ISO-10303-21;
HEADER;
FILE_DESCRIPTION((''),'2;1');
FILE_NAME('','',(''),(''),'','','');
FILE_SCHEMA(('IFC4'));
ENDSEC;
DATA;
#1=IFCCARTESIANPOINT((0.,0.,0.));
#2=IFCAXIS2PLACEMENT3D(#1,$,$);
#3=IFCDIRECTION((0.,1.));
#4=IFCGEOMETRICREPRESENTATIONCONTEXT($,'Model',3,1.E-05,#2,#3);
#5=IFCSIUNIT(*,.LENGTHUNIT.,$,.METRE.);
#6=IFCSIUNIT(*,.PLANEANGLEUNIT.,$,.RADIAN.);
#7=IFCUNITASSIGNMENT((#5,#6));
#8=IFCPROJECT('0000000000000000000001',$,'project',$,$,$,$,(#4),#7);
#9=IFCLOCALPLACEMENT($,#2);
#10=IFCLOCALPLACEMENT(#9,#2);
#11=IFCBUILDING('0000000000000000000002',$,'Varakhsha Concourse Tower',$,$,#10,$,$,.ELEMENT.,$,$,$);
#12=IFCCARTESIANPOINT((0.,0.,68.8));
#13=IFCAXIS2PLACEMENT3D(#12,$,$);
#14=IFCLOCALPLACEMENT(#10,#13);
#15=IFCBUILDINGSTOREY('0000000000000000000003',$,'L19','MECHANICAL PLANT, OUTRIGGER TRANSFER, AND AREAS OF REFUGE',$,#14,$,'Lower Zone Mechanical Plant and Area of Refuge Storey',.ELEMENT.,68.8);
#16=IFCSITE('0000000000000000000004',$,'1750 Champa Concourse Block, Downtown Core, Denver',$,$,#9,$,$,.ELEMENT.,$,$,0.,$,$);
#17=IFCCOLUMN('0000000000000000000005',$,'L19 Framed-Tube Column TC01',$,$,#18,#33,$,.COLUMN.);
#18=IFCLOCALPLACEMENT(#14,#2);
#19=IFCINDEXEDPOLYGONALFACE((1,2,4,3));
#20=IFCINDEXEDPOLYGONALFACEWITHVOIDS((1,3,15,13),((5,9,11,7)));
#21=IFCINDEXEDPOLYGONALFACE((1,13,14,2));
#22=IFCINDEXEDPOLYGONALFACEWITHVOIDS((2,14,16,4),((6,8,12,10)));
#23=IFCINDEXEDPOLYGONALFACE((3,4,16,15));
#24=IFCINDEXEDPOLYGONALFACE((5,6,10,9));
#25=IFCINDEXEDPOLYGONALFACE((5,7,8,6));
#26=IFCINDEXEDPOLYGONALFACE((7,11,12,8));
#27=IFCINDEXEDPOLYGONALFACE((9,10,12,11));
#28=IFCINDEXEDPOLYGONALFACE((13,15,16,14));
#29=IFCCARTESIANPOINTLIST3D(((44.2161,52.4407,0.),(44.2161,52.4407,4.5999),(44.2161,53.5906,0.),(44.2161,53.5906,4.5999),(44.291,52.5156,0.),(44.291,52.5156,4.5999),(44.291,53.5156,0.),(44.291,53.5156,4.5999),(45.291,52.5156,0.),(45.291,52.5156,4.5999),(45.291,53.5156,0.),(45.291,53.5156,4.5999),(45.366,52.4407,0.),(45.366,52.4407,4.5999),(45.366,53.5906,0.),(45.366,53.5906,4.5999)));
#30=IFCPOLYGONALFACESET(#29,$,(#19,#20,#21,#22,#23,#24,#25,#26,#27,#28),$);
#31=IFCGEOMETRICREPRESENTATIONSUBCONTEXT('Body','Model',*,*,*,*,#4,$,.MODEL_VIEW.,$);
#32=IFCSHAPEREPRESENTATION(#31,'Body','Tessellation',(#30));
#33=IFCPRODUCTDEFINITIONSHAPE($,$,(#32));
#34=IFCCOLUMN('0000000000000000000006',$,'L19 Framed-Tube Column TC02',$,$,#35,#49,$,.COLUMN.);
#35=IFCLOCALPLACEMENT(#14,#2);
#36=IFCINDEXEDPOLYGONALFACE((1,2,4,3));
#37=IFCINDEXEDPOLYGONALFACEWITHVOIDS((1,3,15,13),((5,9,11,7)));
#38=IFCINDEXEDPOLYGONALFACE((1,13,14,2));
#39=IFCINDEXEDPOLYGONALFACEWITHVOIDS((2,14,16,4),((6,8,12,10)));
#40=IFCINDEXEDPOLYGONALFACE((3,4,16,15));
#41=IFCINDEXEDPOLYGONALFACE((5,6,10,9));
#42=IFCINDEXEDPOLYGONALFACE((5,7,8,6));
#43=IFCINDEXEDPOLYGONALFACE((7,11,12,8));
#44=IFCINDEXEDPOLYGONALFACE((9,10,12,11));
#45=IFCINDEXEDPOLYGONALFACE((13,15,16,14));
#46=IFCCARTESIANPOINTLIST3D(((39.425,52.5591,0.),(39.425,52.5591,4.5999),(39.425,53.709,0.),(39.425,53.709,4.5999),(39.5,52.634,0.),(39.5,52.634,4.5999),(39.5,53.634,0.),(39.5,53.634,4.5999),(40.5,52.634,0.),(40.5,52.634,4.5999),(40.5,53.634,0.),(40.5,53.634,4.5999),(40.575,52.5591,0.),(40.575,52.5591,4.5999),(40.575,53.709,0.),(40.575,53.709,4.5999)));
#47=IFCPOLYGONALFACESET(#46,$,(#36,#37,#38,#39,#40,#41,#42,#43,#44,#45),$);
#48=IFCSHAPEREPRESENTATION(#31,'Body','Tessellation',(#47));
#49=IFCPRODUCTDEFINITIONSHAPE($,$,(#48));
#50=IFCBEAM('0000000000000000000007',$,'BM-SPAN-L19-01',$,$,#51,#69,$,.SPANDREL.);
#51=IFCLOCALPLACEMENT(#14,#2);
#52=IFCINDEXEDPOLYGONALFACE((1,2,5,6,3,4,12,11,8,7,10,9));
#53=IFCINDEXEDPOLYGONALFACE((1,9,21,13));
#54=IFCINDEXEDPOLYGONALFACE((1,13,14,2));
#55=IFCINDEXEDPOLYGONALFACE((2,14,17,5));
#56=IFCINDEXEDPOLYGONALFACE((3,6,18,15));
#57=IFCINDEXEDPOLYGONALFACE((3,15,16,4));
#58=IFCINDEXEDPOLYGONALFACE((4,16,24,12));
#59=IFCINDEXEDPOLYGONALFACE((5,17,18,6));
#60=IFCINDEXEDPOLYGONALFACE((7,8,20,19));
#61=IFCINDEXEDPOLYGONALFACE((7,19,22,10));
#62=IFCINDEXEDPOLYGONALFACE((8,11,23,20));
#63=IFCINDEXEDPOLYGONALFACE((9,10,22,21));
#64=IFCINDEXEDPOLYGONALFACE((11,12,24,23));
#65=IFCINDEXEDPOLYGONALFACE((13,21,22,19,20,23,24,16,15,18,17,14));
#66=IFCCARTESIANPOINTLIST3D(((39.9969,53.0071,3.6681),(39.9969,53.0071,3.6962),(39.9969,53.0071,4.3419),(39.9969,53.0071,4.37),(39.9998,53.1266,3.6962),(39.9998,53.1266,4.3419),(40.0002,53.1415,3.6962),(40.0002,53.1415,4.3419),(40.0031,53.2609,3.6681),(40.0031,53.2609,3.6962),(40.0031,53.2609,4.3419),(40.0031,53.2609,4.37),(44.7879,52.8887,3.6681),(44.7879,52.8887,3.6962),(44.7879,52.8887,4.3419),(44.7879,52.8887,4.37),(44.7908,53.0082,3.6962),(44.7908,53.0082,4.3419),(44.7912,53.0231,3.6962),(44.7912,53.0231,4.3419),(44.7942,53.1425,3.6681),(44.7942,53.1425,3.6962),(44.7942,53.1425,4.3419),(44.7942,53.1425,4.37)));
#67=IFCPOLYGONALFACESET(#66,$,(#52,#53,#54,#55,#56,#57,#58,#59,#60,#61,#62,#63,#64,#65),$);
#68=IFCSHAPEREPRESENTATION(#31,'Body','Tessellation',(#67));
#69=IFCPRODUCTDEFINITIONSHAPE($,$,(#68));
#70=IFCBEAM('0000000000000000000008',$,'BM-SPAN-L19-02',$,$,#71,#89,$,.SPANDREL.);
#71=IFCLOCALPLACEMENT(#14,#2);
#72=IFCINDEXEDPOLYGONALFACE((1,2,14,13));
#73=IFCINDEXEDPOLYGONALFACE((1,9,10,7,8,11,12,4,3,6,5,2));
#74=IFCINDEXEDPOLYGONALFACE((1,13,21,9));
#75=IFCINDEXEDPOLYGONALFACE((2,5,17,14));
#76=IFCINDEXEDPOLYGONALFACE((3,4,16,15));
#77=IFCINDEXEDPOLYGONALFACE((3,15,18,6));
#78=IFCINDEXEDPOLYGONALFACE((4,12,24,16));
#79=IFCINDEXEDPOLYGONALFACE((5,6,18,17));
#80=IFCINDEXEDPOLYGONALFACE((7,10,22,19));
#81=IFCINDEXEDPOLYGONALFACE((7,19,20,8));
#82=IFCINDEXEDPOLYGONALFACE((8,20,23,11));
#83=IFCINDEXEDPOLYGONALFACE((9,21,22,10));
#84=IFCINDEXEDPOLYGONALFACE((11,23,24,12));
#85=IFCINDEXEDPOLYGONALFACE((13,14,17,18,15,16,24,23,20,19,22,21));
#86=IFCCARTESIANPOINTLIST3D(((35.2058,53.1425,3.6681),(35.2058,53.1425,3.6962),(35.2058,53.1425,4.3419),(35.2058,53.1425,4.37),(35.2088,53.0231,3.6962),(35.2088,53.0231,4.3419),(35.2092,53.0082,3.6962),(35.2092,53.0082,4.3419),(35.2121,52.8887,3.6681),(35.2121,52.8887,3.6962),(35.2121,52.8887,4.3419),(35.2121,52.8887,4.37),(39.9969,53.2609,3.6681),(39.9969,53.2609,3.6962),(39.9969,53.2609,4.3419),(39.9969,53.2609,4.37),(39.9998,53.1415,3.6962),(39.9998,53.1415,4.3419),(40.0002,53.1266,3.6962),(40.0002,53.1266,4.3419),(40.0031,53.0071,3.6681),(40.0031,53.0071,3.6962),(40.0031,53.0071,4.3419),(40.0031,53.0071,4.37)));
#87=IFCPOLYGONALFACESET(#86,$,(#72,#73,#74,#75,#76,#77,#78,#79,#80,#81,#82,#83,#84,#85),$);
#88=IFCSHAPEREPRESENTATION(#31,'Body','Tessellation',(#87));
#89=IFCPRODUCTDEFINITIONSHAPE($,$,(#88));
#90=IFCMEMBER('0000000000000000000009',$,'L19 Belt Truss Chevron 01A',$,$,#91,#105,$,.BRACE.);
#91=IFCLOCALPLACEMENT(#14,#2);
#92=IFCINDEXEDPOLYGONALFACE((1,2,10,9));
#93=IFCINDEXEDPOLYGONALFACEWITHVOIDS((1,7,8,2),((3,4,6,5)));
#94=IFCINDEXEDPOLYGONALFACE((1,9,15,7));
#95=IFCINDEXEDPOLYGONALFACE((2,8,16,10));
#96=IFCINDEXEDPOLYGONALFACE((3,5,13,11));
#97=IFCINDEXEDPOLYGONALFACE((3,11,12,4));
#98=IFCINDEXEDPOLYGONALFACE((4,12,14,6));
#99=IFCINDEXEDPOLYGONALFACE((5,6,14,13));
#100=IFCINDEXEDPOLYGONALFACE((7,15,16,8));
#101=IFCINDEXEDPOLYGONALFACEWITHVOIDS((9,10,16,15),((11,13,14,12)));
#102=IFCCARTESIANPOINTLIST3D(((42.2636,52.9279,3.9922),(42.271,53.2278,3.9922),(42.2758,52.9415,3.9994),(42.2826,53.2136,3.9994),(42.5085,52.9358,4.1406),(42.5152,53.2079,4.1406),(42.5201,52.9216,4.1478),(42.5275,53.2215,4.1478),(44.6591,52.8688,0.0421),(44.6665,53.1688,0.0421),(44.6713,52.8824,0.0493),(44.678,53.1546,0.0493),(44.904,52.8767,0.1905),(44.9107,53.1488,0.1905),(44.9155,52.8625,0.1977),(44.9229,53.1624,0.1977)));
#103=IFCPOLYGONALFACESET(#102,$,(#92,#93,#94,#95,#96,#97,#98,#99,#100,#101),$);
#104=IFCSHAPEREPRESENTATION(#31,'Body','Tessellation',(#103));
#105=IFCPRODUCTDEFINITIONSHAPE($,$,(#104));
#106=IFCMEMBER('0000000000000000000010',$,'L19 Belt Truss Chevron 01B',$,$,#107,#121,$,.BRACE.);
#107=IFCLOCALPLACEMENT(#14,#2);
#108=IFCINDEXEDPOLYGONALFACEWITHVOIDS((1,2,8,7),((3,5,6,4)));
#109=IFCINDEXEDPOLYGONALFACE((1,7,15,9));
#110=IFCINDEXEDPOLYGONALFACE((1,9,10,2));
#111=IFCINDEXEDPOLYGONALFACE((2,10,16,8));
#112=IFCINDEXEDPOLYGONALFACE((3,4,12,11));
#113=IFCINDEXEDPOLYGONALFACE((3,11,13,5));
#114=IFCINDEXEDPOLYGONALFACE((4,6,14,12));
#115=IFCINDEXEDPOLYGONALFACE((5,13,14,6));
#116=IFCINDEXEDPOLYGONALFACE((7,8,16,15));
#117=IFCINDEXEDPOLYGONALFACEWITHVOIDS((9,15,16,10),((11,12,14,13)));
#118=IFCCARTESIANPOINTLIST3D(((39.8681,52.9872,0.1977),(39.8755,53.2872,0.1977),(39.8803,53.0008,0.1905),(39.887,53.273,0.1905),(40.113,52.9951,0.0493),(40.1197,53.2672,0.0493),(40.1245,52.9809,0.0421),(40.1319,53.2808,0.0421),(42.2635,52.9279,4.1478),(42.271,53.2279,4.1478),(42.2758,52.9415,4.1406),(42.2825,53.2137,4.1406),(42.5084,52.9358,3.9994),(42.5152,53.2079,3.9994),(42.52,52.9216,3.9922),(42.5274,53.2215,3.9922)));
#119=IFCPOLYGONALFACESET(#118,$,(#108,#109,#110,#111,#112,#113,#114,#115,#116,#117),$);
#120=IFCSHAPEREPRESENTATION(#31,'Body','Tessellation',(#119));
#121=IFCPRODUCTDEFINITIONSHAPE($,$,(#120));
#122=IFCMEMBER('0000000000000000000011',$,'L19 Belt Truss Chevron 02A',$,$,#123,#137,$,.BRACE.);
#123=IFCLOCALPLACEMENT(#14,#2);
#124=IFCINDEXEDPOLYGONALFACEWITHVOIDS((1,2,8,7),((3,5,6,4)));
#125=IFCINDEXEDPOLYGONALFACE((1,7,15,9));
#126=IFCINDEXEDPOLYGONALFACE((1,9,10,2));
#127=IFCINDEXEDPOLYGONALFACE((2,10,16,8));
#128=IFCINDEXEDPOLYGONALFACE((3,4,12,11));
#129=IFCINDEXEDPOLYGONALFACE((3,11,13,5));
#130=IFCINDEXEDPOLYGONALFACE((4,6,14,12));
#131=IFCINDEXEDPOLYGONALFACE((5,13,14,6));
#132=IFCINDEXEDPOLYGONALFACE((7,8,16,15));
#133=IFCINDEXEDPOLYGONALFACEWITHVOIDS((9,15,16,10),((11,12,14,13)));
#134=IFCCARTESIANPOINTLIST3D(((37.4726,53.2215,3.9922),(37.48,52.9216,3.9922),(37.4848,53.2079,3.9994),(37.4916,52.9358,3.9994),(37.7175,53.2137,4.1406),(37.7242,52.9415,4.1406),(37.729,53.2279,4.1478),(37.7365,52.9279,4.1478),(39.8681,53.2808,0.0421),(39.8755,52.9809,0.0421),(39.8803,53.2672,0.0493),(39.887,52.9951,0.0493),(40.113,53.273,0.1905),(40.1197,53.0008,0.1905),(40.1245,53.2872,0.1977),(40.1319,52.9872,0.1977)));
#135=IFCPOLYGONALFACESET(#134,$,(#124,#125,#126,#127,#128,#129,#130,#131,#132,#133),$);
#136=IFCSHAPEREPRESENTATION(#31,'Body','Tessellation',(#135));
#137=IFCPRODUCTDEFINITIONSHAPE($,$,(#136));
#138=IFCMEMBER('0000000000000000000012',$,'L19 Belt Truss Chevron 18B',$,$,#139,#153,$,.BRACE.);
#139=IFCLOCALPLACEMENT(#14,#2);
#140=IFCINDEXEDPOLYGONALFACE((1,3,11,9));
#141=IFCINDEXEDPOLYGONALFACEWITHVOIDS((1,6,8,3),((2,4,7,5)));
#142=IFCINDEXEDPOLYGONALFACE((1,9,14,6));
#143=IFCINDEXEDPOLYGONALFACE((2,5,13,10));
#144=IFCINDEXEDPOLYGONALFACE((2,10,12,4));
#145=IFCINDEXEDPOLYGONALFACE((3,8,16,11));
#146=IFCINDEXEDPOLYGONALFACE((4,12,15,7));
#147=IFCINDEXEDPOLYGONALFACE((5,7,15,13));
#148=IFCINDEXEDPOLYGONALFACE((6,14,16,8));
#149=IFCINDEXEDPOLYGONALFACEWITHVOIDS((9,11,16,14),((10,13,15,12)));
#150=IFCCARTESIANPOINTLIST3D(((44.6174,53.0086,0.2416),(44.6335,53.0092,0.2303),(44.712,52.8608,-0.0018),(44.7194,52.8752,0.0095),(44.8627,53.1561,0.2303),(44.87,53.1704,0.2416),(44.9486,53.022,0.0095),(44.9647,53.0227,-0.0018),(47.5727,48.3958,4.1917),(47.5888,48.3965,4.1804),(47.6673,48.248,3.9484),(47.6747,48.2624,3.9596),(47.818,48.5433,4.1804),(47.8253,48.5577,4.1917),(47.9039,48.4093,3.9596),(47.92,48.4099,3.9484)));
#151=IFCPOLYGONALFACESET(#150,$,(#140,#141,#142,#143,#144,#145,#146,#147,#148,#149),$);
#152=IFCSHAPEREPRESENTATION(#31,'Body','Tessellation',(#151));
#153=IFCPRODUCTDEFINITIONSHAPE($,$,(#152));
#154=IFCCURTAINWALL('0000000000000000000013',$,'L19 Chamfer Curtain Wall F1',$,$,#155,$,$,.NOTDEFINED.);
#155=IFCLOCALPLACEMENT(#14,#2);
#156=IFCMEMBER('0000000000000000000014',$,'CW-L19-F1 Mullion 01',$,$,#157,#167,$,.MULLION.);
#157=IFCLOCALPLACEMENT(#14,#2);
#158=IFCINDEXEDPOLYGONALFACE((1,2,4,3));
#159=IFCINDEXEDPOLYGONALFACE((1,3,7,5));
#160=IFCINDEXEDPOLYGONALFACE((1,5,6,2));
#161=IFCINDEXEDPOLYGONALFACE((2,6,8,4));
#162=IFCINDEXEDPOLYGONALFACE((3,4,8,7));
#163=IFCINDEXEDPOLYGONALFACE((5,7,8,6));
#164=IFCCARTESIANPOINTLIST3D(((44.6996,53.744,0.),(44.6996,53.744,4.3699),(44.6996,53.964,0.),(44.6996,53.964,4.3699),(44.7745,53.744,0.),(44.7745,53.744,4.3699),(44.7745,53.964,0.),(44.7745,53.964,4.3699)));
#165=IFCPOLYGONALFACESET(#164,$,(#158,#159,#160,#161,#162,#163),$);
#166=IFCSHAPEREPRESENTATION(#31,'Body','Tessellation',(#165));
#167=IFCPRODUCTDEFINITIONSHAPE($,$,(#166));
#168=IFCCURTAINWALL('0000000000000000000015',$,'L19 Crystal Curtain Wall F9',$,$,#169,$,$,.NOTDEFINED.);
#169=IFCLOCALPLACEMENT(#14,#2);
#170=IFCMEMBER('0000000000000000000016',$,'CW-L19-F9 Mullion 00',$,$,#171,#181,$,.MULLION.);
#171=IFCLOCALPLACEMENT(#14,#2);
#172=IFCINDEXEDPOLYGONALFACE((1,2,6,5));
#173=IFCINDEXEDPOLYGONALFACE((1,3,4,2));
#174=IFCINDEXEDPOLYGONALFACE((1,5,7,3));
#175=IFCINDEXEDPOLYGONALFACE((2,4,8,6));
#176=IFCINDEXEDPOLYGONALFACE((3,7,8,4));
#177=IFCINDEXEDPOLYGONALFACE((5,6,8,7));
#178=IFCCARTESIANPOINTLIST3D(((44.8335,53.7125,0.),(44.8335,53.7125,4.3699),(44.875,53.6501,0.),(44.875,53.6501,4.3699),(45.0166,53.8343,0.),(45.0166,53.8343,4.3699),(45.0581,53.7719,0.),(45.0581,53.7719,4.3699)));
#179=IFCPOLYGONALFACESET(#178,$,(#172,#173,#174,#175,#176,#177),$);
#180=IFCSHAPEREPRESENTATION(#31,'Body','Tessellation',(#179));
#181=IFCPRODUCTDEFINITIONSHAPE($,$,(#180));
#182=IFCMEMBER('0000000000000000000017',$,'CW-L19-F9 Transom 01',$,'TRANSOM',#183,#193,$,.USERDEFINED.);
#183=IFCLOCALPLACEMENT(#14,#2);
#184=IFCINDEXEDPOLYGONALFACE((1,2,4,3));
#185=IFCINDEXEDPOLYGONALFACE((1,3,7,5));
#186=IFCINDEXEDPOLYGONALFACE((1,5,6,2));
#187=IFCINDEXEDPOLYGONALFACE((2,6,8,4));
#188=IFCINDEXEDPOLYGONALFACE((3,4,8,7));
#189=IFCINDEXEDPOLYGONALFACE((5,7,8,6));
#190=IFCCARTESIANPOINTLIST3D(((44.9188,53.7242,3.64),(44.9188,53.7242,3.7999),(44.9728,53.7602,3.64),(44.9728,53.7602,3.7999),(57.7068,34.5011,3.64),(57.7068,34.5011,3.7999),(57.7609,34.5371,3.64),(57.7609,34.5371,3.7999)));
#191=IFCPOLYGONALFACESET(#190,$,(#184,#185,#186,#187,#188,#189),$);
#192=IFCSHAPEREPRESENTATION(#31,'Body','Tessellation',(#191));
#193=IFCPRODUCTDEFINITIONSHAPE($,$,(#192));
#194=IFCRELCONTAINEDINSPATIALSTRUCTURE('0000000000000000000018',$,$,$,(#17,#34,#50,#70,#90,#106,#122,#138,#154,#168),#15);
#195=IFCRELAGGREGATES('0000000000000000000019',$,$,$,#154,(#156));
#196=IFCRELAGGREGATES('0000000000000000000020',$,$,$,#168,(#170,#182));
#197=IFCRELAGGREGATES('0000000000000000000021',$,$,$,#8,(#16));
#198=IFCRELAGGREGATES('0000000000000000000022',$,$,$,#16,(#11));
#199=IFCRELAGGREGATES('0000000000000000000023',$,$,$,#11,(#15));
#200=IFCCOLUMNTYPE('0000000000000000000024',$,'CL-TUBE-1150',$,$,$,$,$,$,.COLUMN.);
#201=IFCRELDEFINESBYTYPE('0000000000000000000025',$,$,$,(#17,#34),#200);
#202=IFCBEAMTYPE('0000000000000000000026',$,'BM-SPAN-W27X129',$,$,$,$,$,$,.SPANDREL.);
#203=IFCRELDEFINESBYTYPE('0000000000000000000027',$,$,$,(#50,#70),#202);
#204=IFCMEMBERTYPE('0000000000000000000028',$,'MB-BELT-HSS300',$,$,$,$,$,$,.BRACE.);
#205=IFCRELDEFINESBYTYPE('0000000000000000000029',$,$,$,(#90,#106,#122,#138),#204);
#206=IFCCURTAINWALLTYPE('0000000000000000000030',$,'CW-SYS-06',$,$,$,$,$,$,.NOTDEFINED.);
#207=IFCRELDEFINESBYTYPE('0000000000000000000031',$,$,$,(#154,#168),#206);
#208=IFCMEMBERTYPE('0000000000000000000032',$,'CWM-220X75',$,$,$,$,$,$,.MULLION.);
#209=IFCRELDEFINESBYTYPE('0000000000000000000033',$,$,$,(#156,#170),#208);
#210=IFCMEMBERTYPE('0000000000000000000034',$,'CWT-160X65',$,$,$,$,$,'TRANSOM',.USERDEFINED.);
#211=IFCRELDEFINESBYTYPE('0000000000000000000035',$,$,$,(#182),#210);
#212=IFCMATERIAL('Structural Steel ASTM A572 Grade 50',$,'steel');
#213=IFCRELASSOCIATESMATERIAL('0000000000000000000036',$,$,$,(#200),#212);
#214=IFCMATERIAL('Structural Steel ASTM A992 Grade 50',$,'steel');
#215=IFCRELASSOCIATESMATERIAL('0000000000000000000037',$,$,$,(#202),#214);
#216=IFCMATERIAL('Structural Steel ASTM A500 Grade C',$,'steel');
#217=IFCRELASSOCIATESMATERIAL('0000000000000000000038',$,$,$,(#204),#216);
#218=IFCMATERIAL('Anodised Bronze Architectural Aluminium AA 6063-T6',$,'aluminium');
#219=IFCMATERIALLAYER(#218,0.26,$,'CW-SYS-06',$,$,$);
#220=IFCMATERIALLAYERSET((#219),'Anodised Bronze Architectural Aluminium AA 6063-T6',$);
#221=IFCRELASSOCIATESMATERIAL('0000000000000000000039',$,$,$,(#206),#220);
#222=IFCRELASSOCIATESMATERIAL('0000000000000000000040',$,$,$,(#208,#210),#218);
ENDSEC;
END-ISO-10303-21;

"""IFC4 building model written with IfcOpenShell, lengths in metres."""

from ifc_helpers import new_model, si_unit, direction, frame, origin, origin_2d, place, context, subcontext, project, spatial, rectangle, hollow_rectangle, i_section, extrude, source, transform, mapped, material, layer, layer_set, material_profile, profile_set, type_object, type_shapes, element, aggregate, save


model = new_model("IFC4")

# Units and contexts
model_context = context("Model", 3, precision=1e-05, world=origin(), true_north=direction((0.0, 1.0)))
body_context = subcontext(model_context, "Body", "Model", "MODEL_VIEW")
ifc_project = project(units=[si_unit("LENGTHUNIT", "METRE"), si_unit("PLANEANGLEUNIT", "RADIAN")], contexts=[model_context])

# Site, building, storey
site_placement = place(None, origin())
site = spatial("IfcSite", under=ifc_project, at=site_placement, Name="1750 Champa Concourse Block, Downtown Core, Denver", CompositionType="ELEMENT", RefElevation=0.0)
building_placement = place(site_placement, origin())
building = spatial("IfcBuilding", under=site, at=building_placement, Name="Varakhsha Concourse Tower", CompositionType="ELEMENT")
storey_placement = place(building_placement, frame((0.0, 0.0, 68.8)))
storey = spatial("IfcBuildingStorey", under=building, at=storey_placement, Name="L19", Description="MECHANICAL PLANT, OUTRIGGER TRANSFER, AND AREAS OF REFUGE", LongName="Lower Zone Mechanical Plant and Area of Refuge Storey", CompositionType="ELEMENT", Elevation=68.8)

# Columns
ifc_material_1 = material(Name="Structural Steel ASTM A572 Grade 50", Category="steel")
ifc_material_profile_1 = material_profile(ifc_material_1, hollow_rectangle(XDim=1.1499, YDim=1.1499, WallThickness=0.075, at=origin_2d()), Name="BOX 1150x1150x75")
ifc_profile_set_1 = profile_set([ifc_material_profile_1], Name="Structural Steel ASTM A572 Grade 50")
column_type = type_object("IfcColumnType", Name="CL-TUBE-1150", PredefinedType="COLUMN", material=ifc_profile_set_1)
for number, where, z_axis, x_axis, name in (
    (1, (44.791, 53.0156, 0.0), (0.0, 0.0, 1.0), (1.0, 0.0, 0.0), "L19 Framed-Tube Column TC01"),
    (2, (40.0, 53.134, 0.0), (0.0, 0.0, 1.0), (1.0, 0.0, 0.0), "L19 Framed-Tube Column TC02"),
):
    element("IfcColumn", number, at=place(storey_placement, frame(where, z_axis=z_axis, x_axis=x_axis)), inside=storey, type_object=column_type, Name=name, PredefinedType="COLUMN", context=body_context, shape_type="SweptSolid", body=[
        extrude(hollow_rectangle(XDim=1.1499, YDim=1.1499, WallThickness=0.075, at=origin_2d()), origin(), (0.0, 0.0, 1.0), 4.5999),
    ])

# Beams
ifc_material_2 = material(Name="Structural Steel ASTM A992 Grade 50", Category="steel")
ifc_material_profile_2 = material_profile(ifc_material_2, i_section(OverallWidth=0.2539, OverallDepth=0.7019, WebThickness=0.0149, FlangeThickness=0.0281, at=origin_2d()), Name="W27X129")
ifc_profile_set_2 = profile_set([ifc_material_profile_2], Name="Structural Steel ASTM A992 Grade 50")
beam_type = type_object("IfcBeamType", Name="BM-SPAN-W27X129", PredefinedType="SPANDREL", material=ifc_profile_set_2)
for number, where, z_axis, x_axis, name in (
    (3, (44.791, 53.0156, 4.019), (-0.999695, 0.024707, 0.0), (-0.024707, -0.999695, 0.0), "BM-SPAN-L19-01"),
    (4, (40.0, 53.134, 4.019), (-0.999695, -0.024707, 0.0), (0.024707, -0.999695, 0.0), "BM-SPAN-L19-02"),
):
    element("IfcBeam", number, at=place(storey_placement, frame(where, z_axis=z_axis, x_axis=x_axis)), inside=storey, type_object=beam_type, Name=name, PredefinedType="SPANDREL", context=body_context, shape_type="SweptSolid", body=[
        extrude(i_section(OverallWidth=0.2539, OverallDepth=0.7019, WebThickness=0.0149, FlangeThickness=0.0281, at=origin_2d()), origin(), (0.0, 0.0, 1.0), 4.7925),
    ])

# Members
ifc_material_3 = material(Name="Structural Steel ASTM A500 Grade C", Category="steel")
ifc_material_profile_3 = material_profile(ifc_material_3, hollow_rectangle(XDim=0.3, YDim=0.3, WallThickness=0.0139, at=origin_2d()), Name="HSS 300x300x14")
ifc_profile_set_3 = profile_set([ifc_material_profile_3], Name="Structural Steel ASTM A500 Grade C")
member_type_1 = type_object("IfcMemberType", Name="MB-BELT-HSS300", PredefinedType="BRACE", material=ifc_profile_set_3)
shared_shape_1 = source(origin(), body_context, "Body", "SweptSolid", [
    extrude(hollow_rectangle(XDim=0.3, YDim=0.3, WallThickness=0.0139, at=origin_2d()), origin(), (0.0, 0.0, 1.0), 4.6201),
])
for number, where, z_axis, x_axis, name in (
    (5, (44.791, 53.0156, 0.1199), (-0.518489, 0.012788, 0.854989), (-0.024656, -0.999696, 0.0), "L19 Belt Truss Chevron 01A"),
    (6, (40.0, 53.134, 0.1199), (0.518489, -0.012841, 0.854988), (0.024758, 0.999693, 0.0), "L19 Belt Truss Chevron 01B"),
    (7, (40.0, 53.134, 0.1199), (-0.518489, -0.012841, 0.854988), (0.024758, -0.999693, 0.0), "L19 Belt Truss Chevron 02A"),
):
    element("IfcMember", number, at=place(storey_placement, frame(where, z_axis=z_axis, x_axis=x_axis)), inside=storey, type_object=member_type_1, Name=name, PredefinedType="BRACE", context=body_context, shape_type="MappedRepresentation", body=[
        mapped(shared_shape_1, transform((0.0, 0.0, 0.0), scale=1.0)),
    ])
shared_shape_2 = source(origin(), body_context, "Body", "SweptSolid", [
    extrude(hollow_rectangle(XDim=0.3, YDim=0.3, WallThickness=0.0139, at=origin_2d()), origin(), (0.0, 0.0, 1.0), 6.7539),
])
type_shapes(member_type_1, [shared_shape_1, shared_shape_2])
member_1_placement = place(storey_placement, frame((44.791, 53.0156, 0.1199), z_axis=(0.43757, -0.682977, 0.584872), x_axis=(0.842012, 0.53946, 0.0)))
element("IfcMember", 8, at=member_1_placement, inside=storey, type_object=member_type_1, Name="L19 Belt Truss Chevron 18B", PredefinedType="BRACE", context=body_context, shape_type="MappedRepresentation", body=[
    mapped(shared_shape_2, transform((0.0, 0.0, 0.0), scale=1.0)),
])

# Curtain wall, member
ifc_material_4 = material(Name="Anodised Bronze Architectural Aluminium AA 6063-T6", Category="aluminium")
ifc_layer_1 = layer(ifc_material_4, 0.26, Name="CW-SYS-06")
ifc_layer_set_1 = layer_set([ifc_layer_1], Name="Anodised Bronze Architectural Aluminium AA 6063-T6")
curtain_wall_type = type_object("IfcCurtainWallType", Name="CW-SYS-06", PredefinedType="NOTDEFINED", material=ifc_layer_set_1)
curtain_wall_1_placement = place(storey_placement, origin())
curtain_wall_1 = element("IfcCurtainWall", 9, at=curtain_wall_1_placement, inside=storey, type_object=curtain_wall_type, Name="L19 Chamfer Curtain Wall F1", PredefinedType="NOTDEFINED")
ifc_material_profile_4 = material_profile(ifc_material_4, rectangle(XDim=0.075, YDim=0.22, at=origin_2d()), Name="CWM-220X75")
ifc_profile_set_4 = profile_set([ifc_material_profile_4], Name="Anodised Bronze Architectural Aluminium AA 6063-T6")
member_type_2 = type_object("IfcMemberType", Name="CWM-220X75", PredefinedType="MULLION", material=ifc_profile_set_4)
shared_shape_3 = source(origin(), body_context, "Body", "SweptSolid", [
    extrude(rectangle(XDim=0.075, YDim=0.22, at=origin_2d()), origin(), (0.0, 0.0, 1.0), 4.3699),
])
type_shapes(member_type_2, [shared_shape_3])
member_2_placement = place(storey_placement, frame((44.7371, 53.854, 0.0), z_axis=(0.0, 0.0, 1.0), x_axis=(1.0, 0.0, 0.0)))
member_2 = element("IfcMember", 10, at=member_2_placement, type_object=member_type_2, Name="CW-L19-F1 Mullion 01", PredefinedType="MULLION", context=body_context, shape_type="MappedRepresentation", body=[
    mapped(shared_shape_3, transform((0.0, 0.0, 0.0), scale=1.0)),
])

# Curtain wall, members
curtain_wall_2_placement = place(storey_placement, origin())
curtain_wall_2 = element("IfcCurtainWall", 11, at=curtain_wall_2_placement, inside=storey, type_object=curtain_wall_type, Name="L19 Crystal Curtain Wall F9", PredefinedType="NOTDEFINED")
member_3_placement = place(storey_placement, frame((44.9458, 53.7422, 0.0), z_axis=(0.0, 0.0, 1.0), x_axis=(0.553881, -0.832596, 0.0)))
member_3 = element("IfcMember", 12, at=member_3_placement, type_object=member_type_2, Name="CW-L19-F9 Mullion 00", PredefinedType="MULLION", context=body_context, shape_type="MappedRepresentation", body=[
    mapped(shared_shape_3, transform((0.0, 0.0, 0.0), scale=1.0)),
])
ifc_material_profile_5 = material_profile(ifc_material_4, rectangle(XDim=0.0649, YDim=0.1599, at=origin_2d()), Name="CWT-160X65")
ifc_profile_set_5 = profile_set([ifc_material_profile_5], Name="Anodised Bronze Architectural Aluminium AA 6063-T6")
member_type_3 = type_object("IfcMemberType", Name="CWT-160X65", ElementType="TRANSOM", PredefinedType="USERDEFINED", material=ifc_profile_set_5)
shared_shape_4 = source(origin(), body_context, "Body", "SweptSolid", [
    extrude(rectangle(XDim=0.0649, YDim=0.1599, at=origin_2d()), origin(), (0.0, 0.0, 1.0), 23.0881),
])
type_shapes(member_type_3, [shared_shape_4])
member_4_placement = place(storey_placement, frame((44.9458, 53.7422, 3.72), z_axis=(0.55388, -0.832596, 0.0), x_axis=(0.832596, 0.55388, 0.0)))
member_4 = element("IfcMember", 13, at=member_4_placement, type_object=member_type_3, Name="CW-L19-F9 Transom 01", ObjectType="TRANSOM", PredefinedType="USERDEFINED", context=body_context, shape_type="MappedRepresentation", body=[
    mapped(shared_shape_4, transform((0.0, 0.0, 0.0), scale=1.0)),
])

aggregate(curtain_wall_1, [member_2])
aggregate(curtain_wall_2, [member_3, member_4])

save(model, "model.ifc")
